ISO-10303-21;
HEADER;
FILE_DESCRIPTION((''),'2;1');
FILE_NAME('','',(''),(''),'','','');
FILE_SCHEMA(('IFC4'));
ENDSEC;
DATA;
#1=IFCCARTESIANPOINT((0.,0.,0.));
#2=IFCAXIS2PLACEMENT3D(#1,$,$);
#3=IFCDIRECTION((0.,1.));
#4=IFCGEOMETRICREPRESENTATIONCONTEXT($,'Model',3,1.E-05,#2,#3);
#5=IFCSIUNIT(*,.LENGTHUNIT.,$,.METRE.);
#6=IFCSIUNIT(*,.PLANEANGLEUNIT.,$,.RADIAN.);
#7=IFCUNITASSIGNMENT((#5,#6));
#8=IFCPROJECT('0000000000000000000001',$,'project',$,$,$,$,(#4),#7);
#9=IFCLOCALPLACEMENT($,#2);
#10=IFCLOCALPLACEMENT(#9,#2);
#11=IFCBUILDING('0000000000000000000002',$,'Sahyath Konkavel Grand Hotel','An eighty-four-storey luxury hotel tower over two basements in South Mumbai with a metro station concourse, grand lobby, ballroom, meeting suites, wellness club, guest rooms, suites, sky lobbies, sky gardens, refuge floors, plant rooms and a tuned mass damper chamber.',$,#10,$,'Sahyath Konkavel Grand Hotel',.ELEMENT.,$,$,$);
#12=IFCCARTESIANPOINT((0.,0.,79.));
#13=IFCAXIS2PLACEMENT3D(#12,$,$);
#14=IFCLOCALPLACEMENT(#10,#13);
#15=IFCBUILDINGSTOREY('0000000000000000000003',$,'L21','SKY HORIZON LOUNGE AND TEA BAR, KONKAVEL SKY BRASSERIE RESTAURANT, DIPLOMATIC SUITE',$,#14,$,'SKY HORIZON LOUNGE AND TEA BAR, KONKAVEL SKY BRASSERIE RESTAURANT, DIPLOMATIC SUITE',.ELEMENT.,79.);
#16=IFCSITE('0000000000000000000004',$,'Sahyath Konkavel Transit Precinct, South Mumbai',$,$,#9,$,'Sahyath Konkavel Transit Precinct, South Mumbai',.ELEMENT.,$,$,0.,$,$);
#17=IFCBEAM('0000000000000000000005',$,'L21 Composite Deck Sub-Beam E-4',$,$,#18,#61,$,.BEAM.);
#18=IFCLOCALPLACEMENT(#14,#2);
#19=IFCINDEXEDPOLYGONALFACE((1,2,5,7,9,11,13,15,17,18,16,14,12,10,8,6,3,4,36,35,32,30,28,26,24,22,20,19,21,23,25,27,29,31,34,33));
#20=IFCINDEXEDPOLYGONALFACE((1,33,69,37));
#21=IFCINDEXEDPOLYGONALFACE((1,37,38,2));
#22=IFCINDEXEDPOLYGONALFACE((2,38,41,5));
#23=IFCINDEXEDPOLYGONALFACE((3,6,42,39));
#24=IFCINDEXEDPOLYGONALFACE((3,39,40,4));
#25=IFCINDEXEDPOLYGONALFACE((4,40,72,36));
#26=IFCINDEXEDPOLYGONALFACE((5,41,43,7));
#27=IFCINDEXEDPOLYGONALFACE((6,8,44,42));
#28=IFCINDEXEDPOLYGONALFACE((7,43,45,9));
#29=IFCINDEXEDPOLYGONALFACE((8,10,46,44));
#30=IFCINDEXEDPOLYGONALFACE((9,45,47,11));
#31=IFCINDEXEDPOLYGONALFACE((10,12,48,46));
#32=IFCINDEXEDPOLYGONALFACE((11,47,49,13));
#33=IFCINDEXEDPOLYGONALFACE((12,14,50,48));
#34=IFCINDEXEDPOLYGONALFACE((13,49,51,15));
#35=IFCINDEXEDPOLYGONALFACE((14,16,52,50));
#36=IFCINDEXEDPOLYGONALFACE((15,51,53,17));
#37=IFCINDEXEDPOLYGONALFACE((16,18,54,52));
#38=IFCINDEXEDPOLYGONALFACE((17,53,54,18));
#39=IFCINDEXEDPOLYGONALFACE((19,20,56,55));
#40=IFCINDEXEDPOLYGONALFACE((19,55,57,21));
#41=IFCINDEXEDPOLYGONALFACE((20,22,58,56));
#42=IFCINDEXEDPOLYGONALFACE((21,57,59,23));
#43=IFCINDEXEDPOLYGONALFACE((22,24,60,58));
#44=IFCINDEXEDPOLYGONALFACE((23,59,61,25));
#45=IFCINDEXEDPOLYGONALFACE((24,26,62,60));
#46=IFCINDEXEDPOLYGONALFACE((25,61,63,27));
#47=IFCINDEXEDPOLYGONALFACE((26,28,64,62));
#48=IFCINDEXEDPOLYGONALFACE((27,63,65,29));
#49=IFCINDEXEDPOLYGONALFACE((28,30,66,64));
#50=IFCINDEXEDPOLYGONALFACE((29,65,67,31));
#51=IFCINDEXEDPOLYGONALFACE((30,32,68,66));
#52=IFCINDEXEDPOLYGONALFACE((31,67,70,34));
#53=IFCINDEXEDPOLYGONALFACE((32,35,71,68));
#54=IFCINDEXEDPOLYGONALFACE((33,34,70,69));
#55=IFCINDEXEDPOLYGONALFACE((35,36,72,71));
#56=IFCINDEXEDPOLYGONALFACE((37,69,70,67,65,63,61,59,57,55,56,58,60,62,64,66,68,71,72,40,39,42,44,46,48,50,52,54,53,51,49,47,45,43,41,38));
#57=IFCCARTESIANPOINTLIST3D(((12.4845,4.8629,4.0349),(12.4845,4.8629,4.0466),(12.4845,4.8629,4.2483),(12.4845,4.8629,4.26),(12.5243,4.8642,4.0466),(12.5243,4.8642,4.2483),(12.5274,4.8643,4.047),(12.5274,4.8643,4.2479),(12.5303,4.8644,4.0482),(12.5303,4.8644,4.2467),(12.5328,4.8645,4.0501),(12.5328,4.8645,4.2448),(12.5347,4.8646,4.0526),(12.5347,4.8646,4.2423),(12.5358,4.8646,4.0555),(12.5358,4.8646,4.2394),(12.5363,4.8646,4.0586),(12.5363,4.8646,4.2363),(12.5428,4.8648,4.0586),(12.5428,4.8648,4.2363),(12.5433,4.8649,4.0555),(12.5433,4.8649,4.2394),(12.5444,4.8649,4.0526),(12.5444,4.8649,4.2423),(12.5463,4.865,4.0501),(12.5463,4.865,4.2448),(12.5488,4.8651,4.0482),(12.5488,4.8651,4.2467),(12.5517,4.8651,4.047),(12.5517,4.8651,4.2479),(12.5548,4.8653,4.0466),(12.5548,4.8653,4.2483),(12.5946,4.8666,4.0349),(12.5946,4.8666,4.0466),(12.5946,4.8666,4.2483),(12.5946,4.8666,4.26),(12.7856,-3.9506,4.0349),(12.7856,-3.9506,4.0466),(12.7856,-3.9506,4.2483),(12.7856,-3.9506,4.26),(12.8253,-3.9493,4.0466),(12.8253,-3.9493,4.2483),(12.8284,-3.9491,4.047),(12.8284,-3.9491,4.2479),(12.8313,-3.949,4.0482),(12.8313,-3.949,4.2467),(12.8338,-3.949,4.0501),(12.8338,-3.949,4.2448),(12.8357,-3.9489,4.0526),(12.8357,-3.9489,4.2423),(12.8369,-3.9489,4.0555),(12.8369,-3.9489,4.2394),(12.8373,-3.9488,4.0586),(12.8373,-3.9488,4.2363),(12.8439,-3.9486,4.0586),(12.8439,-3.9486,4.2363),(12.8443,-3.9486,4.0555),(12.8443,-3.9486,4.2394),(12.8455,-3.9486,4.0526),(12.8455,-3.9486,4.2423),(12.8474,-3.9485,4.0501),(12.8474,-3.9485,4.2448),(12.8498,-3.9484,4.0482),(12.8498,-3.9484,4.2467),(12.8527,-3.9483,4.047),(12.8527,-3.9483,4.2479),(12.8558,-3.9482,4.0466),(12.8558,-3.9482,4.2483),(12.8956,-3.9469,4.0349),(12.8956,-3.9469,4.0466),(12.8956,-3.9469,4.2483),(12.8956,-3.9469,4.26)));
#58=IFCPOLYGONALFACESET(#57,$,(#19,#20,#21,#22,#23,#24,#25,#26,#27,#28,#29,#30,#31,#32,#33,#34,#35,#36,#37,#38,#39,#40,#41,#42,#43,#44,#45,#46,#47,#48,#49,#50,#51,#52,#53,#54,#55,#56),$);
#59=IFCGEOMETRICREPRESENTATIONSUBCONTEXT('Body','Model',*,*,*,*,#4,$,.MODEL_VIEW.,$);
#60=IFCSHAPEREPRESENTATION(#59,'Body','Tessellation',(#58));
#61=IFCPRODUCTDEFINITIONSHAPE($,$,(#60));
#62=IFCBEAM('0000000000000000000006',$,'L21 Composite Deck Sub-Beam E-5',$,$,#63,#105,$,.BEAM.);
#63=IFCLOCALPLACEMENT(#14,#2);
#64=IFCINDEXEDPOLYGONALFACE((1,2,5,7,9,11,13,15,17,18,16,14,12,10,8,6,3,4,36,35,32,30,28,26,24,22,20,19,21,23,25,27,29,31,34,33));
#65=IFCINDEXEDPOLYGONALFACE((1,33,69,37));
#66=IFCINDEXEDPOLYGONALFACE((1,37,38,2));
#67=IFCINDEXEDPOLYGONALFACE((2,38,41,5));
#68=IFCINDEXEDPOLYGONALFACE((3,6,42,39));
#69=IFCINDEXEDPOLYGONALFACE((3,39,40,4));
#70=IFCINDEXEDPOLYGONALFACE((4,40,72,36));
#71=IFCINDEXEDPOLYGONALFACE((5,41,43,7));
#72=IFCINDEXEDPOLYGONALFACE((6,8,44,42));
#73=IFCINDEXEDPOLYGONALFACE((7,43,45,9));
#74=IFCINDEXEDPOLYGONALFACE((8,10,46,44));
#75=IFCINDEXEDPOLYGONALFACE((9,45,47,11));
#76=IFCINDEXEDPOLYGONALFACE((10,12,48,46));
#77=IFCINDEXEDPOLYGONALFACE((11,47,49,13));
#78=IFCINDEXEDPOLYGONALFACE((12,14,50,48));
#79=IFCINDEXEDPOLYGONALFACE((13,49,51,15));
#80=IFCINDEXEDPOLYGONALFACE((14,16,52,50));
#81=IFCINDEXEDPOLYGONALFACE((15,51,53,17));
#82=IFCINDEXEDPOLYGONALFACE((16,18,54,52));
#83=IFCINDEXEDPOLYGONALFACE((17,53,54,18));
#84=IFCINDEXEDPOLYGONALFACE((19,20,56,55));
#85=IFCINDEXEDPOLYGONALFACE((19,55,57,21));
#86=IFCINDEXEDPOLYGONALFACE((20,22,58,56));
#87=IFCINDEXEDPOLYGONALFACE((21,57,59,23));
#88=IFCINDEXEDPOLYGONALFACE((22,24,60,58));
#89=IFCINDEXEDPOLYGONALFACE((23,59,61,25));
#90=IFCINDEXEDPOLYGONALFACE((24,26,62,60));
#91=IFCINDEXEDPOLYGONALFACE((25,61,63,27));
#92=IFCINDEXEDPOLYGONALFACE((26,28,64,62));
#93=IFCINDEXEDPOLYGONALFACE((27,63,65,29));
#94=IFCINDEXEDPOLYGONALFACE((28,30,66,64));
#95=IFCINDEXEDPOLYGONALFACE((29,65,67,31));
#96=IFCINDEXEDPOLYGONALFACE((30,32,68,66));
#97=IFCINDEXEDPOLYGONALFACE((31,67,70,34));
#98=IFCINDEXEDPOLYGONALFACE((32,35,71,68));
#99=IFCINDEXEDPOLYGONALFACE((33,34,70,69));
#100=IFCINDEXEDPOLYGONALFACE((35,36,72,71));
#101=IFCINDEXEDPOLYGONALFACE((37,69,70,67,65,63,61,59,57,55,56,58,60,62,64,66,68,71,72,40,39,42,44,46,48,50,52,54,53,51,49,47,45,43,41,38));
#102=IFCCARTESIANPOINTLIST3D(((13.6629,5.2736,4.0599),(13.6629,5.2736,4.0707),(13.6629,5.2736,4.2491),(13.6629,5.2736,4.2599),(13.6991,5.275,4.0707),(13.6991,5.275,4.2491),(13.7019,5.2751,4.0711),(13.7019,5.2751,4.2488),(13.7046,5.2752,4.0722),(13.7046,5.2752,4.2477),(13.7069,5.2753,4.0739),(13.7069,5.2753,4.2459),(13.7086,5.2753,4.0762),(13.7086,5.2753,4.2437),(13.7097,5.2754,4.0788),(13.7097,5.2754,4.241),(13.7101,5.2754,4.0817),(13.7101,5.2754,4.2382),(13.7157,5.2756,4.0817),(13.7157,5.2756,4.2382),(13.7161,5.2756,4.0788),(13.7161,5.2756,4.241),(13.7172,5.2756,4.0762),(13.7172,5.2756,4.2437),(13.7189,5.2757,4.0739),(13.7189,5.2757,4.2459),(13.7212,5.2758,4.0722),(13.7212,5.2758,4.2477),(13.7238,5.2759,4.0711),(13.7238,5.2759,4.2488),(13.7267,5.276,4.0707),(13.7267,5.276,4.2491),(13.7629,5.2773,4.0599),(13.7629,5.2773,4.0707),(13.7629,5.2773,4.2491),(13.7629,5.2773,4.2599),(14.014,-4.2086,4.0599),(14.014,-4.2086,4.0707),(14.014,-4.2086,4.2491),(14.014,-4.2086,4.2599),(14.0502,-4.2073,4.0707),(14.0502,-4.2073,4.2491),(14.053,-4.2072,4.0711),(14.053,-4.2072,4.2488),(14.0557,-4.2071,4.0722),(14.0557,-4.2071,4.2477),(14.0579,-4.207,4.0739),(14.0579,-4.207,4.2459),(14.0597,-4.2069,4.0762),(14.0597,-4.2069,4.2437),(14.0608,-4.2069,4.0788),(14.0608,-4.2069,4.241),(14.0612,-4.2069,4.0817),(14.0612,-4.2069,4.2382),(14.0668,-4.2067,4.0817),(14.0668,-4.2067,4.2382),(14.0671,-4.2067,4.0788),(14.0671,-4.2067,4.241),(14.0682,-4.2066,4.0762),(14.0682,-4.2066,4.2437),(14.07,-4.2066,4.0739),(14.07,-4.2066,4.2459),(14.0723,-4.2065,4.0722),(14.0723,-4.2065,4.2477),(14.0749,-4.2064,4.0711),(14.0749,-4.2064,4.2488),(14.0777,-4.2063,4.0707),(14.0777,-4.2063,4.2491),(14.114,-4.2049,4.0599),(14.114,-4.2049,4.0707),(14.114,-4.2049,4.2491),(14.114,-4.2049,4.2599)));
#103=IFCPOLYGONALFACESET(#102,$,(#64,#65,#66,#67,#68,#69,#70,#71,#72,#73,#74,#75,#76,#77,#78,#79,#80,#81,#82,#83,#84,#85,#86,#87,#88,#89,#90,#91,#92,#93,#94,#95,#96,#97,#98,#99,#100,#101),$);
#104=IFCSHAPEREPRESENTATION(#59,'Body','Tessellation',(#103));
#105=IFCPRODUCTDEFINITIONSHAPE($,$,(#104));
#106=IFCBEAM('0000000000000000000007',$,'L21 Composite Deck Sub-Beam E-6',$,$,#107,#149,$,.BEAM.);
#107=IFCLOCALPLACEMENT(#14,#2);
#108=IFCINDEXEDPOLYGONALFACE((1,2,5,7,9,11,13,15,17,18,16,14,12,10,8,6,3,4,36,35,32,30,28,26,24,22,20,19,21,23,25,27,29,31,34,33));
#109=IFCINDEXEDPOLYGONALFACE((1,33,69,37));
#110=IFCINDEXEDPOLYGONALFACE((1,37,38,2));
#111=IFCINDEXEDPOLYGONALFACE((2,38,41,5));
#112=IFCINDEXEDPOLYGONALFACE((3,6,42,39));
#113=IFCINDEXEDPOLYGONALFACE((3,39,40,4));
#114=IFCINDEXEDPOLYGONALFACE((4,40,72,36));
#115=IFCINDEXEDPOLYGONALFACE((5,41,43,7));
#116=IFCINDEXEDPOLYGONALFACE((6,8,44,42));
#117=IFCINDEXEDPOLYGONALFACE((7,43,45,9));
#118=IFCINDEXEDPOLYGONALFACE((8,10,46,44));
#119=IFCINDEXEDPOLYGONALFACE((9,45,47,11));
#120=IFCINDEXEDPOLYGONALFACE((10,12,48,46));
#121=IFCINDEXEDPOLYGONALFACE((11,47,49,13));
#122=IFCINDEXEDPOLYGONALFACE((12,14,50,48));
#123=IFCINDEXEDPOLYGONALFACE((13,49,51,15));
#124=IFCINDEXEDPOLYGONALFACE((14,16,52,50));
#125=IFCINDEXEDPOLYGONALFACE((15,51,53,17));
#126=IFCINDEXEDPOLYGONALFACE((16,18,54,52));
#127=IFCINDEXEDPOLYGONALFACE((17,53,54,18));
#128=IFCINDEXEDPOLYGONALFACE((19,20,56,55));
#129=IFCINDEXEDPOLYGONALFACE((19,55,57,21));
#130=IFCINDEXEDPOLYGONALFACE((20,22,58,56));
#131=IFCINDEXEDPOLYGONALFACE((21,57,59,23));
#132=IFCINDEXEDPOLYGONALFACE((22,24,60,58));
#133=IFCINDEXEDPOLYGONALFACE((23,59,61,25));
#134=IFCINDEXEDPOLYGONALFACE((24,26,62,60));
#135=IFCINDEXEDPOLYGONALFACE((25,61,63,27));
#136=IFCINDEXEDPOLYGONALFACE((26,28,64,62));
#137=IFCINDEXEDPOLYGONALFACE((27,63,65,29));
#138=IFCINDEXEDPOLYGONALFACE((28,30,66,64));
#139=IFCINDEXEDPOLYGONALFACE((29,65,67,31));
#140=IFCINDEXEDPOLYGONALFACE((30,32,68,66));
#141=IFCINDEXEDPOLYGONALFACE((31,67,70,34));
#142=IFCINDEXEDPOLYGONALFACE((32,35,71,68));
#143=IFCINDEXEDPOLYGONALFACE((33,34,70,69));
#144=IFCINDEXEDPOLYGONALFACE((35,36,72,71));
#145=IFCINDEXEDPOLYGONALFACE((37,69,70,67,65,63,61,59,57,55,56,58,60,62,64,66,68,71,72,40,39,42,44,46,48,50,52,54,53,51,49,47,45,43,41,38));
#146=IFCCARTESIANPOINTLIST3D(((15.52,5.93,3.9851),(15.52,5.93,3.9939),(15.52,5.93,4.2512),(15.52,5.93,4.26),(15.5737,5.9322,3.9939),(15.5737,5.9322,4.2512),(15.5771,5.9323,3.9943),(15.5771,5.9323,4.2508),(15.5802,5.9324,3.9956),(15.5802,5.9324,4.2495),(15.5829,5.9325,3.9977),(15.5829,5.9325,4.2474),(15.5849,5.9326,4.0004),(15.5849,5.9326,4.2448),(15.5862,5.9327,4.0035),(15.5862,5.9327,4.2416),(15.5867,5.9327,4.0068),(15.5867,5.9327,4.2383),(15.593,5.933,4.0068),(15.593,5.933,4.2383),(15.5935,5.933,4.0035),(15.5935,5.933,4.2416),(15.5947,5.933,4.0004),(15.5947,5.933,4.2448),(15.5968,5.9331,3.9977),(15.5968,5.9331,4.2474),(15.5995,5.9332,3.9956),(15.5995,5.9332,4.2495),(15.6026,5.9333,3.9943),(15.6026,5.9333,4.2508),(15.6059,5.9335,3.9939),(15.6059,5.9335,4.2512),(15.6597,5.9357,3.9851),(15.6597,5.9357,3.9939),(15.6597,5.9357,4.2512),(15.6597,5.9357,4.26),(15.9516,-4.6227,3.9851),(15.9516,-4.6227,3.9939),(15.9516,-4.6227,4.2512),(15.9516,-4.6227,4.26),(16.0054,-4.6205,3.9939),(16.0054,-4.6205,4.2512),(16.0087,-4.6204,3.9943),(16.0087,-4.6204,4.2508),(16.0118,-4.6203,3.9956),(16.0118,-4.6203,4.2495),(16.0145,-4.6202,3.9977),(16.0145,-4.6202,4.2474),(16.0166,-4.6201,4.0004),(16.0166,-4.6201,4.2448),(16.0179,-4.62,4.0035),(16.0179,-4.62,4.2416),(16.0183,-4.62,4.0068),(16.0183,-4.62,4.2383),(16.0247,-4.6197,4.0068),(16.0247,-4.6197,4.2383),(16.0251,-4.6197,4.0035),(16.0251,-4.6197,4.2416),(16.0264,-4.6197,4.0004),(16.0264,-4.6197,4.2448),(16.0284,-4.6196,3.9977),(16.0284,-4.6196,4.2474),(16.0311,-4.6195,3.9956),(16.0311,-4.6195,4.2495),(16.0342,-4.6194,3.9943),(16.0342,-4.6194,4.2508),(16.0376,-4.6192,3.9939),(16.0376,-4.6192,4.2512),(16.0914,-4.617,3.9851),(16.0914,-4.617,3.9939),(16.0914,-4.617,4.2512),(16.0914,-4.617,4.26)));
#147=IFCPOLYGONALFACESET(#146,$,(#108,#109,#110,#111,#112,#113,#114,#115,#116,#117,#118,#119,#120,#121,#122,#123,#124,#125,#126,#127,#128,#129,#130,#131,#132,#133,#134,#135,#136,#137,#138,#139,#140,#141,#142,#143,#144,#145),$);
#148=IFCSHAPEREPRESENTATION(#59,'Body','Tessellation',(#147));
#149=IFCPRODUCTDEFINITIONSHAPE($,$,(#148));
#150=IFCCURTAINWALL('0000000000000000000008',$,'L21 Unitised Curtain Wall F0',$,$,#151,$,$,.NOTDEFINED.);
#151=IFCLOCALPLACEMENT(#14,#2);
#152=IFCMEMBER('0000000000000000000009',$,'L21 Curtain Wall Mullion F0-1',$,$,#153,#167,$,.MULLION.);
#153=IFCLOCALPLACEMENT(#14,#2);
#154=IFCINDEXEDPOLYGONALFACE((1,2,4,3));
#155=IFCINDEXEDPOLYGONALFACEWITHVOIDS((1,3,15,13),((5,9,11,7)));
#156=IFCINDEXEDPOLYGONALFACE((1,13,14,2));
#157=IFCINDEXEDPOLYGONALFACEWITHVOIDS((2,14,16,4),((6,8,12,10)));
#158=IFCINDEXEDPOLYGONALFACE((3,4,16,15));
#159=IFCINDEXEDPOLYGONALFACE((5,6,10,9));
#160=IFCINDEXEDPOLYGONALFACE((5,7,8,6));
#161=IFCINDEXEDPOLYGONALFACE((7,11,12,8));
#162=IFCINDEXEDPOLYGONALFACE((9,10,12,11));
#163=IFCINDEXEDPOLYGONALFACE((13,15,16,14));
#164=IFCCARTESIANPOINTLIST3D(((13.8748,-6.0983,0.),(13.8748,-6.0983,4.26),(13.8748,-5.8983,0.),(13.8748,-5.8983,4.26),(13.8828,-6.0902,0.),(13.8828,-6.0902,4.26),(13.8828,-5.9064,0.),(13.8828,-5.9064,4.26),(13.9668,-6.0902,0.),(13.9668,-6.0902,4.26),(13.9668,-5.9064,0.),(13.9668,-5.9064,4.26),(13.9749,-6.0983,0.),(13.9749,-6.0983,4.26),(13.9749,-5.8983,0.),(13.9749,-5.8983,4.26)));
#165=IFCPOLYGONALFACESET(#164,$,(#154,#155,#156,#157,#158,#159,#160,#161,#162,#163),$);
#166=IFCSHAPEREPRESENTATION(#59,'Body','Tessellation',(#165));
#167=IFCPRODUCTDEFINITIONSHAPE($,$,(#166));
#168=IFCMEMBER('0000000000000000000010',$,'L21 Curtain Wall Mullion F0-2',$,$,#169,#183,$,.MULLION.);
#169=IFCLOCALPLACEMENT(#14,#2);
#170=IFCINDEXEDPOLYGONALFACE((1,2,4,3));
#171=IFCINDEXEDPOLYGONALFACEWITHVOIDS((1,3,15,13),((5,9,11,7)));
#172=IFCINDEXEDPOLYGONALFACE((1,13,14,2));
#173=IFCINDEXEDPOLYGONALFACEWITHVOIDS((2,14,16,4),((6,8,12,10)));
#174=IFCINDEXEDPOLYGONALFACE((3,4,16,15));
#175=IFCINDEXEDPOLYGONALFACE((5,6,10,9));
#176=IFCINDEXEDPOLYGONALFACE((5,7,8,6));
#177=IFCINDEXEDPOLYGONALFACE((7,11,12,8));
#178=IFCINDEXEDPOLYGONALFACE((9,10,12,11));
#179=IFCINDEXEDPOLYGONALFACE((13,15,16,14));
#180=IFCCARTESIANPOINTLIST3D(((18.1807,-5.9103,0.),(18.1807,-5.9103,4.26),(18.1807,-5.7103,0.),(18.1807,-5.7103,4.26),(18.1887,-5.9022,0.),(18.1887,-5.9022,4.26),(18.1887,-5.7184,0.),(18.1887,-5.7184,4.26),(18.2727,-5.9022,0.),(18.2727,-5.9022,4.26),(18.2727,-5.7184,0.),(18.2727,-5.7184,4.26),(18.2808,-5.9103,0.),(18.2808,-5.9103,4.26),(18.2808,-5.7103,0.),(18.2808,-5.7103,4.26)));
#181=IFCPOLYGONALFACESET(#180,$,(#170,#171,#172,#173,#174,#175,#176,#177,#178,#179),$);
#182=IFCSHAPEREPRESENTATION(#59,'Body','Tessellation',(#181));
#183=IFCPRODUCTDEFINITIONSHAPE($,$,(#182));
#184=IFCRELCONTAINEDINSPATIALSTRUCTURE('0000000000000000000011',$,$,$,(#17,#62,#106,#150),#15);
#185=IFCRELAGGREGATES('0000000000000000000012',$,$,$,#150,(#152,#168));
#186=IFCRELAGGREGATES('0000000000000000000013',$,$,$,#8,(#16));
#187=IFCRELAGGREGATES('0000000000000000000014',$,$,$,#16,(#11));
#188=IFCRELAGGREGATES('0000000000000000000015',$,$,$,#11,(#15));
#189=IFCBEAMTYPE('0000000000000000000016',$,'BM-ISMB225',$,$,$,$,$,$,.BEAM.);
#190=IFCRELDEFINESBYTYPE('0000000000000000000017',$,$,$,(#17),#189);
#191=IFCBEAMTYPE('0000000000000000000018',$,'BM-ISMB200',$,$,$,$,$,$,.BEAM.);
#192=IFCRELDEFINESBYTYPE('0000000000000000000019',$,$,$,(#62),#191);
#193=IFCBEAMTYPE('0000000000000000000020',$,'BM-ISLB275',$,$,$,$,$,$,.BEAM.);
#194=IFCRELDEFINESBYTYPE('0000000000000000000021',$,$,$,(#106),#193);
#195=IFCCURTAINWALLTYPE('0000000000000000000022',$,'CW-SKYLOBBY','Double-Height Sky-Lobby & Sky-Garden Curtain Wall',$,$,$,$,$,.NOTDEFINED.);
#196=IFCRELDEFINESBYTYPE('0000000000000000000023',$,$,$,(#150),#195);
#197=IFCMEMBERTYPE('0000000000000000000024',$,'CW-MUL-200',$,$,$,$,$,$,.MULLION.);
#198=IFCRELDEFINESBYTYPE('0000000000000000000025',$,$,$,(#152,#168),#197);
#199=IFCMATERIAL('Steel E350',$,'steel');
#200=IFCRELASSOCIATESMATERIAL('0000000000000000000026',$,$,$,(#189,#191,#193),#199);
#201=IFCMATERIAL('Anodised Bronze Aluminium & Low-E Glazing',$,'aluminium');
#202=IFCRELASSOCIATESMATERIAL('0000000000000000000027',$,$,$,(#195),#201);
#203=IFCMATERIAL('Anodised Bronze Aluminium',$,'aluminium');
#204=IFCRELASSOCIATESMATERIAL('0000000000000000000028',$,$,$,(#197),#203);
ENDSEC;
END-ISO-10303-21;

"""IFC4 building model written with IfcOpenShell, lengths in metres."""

from ifc_helpers import new_model, si_unit, direction, frame, origin, origin_2d, place, context, subcontext, project, spatial, hollow_rectangle, i_section, extrude, source, transform, mapped, material, material_profile, profile_set, type_object, element, aggregate, save


model = new_model("IFC4")

# Units and contexts
model_context = context("Model", 3, precision=1e-05, world=origin(), true_north=direction((0.0, 1.0)))
body_context = subcontext(model_context, "Body", "Model", "MODEL_VIEW")
ifc_project = project(units=[si_unit("LENGTHUNIT", "METRE"), si_unit("PLANEANGLEUNIT", "RADIAN")], contexts=[model_context])

# Site, building, storey
site_placement = place(None, origin())
site = spatial("IfcSite", under=ifc_project, at=site_placement, Name="Sahyath Konkavel Transit Precinct, South Mumbai", LongName="Sahyath Konkavel Transit Precinct, South Mumbai", CompositionType="ELEMENT", RefElevation=0.0)
building_placement = place(site_placement, origin())
building = spatial("IfcBuilding", under=site, at=building_placement, Name="Sahyath Konkavel Grand Hotel", Description="An eighty-four-storey luxury hotel tower over two basements in South Mumbai with a metro station concourse, grand lobby, ballroom, meeting suites, wellness club, guest rooms, suites, sky lobbies, sky gardens, refuge floors, plant rooms and a tuned mass damper chamber.", LongName="Sahyath Konkavel Grand Hotel", CompositionType="ELEMENT")
storey_placement = place(building_placement, frame((0.0, 0.0, 79.0)))
storey = spatial("IfcBuildingStorey", under=building, at=storey_placement, Name="L21", Description="SKY HORIZON LOUNGE AND TEA BAR, KONKAVEL SKY BRASSERIE RESTAURANT, DIPLOMATIC SUITE", LongName="SKY HORIZON LOUNGE AND TEA BAR, KONKAVEL SKY BRASSERIE RESTAURANT, DIPLOMATIC SUITE", CompositionType="ELEMENT", Elevation=79.0)

# Beams
ifc_material_1 = material(Name="Steel E350", Category="steel")
ifc_material_profile_1 = material_profile(ifc_material_1, i_section(OverallWidth=0.1101, OverallDepth=0.2251, WebThickness=0.0066, FlangeThickness=0.0117, FilletRadius=0.012, at=origin_2d()), Name="ISMB 225")
ifc_profile_set_1 = profile_set([ifc_material_profile_1], Name="Steel E350")
beam_type_1 = type_object("IfcBeamType", Name="BM-ISMB225", PredefinedType="BEAM", material=ifc_profile_set_1)
shared_shape_1 = source(origin(), body_context, "Body", "SweptSolid", [
    extrude(i_section(OverallWidth=0.1101, OverallDepth=0.2251, WebThickness=0.0066, FlangeThickness=0.0117, FilletRadius=0.012, at=origin_2d()), origin(), (0.0, 0.0, 1.0), 8.8186),
])
beam_1_placement = place(storey_placement, frame((12.8406, -3.9487, 4.1475), z_axis=(-0.034135, 0.999417, 0.0), x_axis=(-0.999417, -0.034135, 0.0)))
element("IfcBeam", 1, at=beam_1_placement, inside=storey, type_object=beam_type_1, Name="L21 Composite Deck Sub-Beam E-4", PredefinedType="BEAM", context=body_context, shape_type="MappedRepresentation", body=[
    mapped(shared_shape_1, transform((0.0, 0.0, 0.0), scale=1.0)),
])
ifc_material_profile_2 = material_profile(ifc_material_1, i_section(OverallWidth=0.1001, OverallDepth=0.2, WebThickness=0.0056, FlangeThickness=0.0107, FilletRadius=0.011, at=origin_2d()), Name="ISMB 200")
ifc_profile_set_2 = profile_set([ifc_material_profile_2], Name="Steel E350")
beam_type_2 = type_object("IfcBeamType", Name="BM-ISMB200", PredefinedType="BEAM", material=ifc_profile_set_2)
shared_shape_2 = source(origin(), body_context, "Body", "SweptSolid", [
    extrude(i_section(OverallWidth=0.1001, OverallDepth=0.2, WebThickness=0.0056, FlangeThickness=0.0107, FilletRadius=0.011, at=origin_2d()), origin(), (0.0, 0.0, 1.0), 9.4888),
])
beam_2_placement = place(storey_placement, frame((14.064, -4.2068, 4.1599), z_axis=(-0.036999, 0.999315, 0.0), x_axis=(-0.999315, -0.036999, 0.0)))
element("IfcBeam", 2, at=beam_2_placement, inside=storey, type_object=beam_type_2, Name="L21 Composite Deck Sub-Beam E-5", PredefinedType="BEAM", context=body_context, shape_type="MappedRepresentation", body=[
    mapped(shared_shape_2, transform((0.0, 0.0, 0.0), scale=1.0)),
])
ifc_material_profile_3 = material_profile(ifc_material_1, i_section(OverallWidth=0.1399, OverallDepth=0.2749, WebThickness=0.0063, FlangeThickness=0.0088, FilletRadius=0.0129, at=origin_2d()), Name="ISLB 275")
ifc_profile_set_3 = profile_set([ifc_material_profile_3], Name="Steel E350")
beam_type_3 = type_object("IfcBeamType", Name="BM-ISLB275", PredefinedType="BEAM", material=ifc_profile_set_3)
shared_shape_3 = source(origin(), body_context, "Body", "SweptSolid", [
    extrude(i_section(OverallWidth=0.1399, OverallDepth=0.2749, WebThickness=0.0063, FlangeThickness=0.0088, FilletRadius=0.0129, at=origin_2d()), origin(), (0.0, 0.0, 1.0), 10.5615),
])
beam_3_placement = place(storey_placement, frame((16.0215, -4.6199, 4.1226), z_axis=(-0.040869, 0.999165, 0.0), x_axis=(-0.999165, -0.040869, 0.0)))
element("IfcBeam", 3, at=beam_3_placement, inside=storey, type_object=beam_type_3, Name="L21 Composite Deck Sub-Beam E-6", PredefinedType="BEAM", context=body_context, shape_type="MappedRepresentation", body=[
    mapped(shared_shape_3, transform((0.0, 0.0, 0.0), scale=1.0)),
])

# Curtain wall, members
ifc_material_2 = material(Name="Anodised Bronze Aluminium & Low-E Glazing", Category="aluminium")
curtain_wall_type = type_object("IfcCurtainWallType", Name="CW-SKYLOBBY", Description="Double-Height Sky-Lobby & Sky-Garden Curtain Wall", PredefinedType="NOTDEFINED", material=ifc_material_2)
curtain_wall_1_placement = place(storey_placement, origin())
curtain_wall_1 = element("IfcCurtainWall", 4, at=curtain_wall_1_placement, inside=storey, type_object=curtain_wall_type, Name="L21 Unitised Curtain Wall F0", PredefinedType="NOTDEFINED")
ifc_material_3 = material(Name="Anodised Bronze Aluminium", Category="aluminium")
ifc_material_profile_4 = material_profile(ifc_material_3, hollow_rectangle(XDim=0.1001, YDim=0.2, WallThickness=0.0081, at=origin_2d()), Name="RHS 200x100x8")
ifc_profile_set_4 = profile_set([ifc_material_profile_4], Name="Anodised Bronze Aluminium")
member_type_1 = type_object("IfcMemberType", Name="CW-MUL-200", PredefinedType="MULLION", material=ifc_profile_set_4)
shared_shape_4 = source(origin(), body_context, "Body", "SweptSolid", [
    extrude(hollow_rectangle(XDim=0.1001, YDim=0.2, WallThickness=0.0081, at=origin_2d()), origin(), (0.0, 0.0, 1.0), 4.26),
])
member_1_placement = place(storey_placement, frame((13.9248, -5.9983, 0.0), z_axis=(0.0, 0.0, 1.0), x_axis=(1.0, 0.0, 0.0)))
member_1 = element("IfcMember", 5, at=member_1_placement, type_object=member_type_1, Name="L21 Curtain Wall Mullion F0-1", PredefinedType="MULLION", context=body_context, shape_type="MappedRepresentation", body=[
    mapped(shared_shape_4, transform((0.0, 0.0, 0.0), scale=1.0)),
])
member_2_placement = place(storey_placement, frame((18.2307, -5.8103, 0.0), z_axis=(0.0, 0.0, 1.0), x_axis=(1.0, 0.0, 0.0)))
member_2 = element("IfcMember", 6, at=member_2_placement, type_object=member_type_1, Name="L21 Curtain Wall Mullion F0-2", PredefinedType="MULLION", context=body_context, shape_type="MappedRepresentation", body=[
    mapped(shared_shape_4, transform((0.0, 0.0, 0.0), scale=1.0)),
])

aggregate(curtain_wall_1, [member_1, member_2])

save(model, "model.ifc")
